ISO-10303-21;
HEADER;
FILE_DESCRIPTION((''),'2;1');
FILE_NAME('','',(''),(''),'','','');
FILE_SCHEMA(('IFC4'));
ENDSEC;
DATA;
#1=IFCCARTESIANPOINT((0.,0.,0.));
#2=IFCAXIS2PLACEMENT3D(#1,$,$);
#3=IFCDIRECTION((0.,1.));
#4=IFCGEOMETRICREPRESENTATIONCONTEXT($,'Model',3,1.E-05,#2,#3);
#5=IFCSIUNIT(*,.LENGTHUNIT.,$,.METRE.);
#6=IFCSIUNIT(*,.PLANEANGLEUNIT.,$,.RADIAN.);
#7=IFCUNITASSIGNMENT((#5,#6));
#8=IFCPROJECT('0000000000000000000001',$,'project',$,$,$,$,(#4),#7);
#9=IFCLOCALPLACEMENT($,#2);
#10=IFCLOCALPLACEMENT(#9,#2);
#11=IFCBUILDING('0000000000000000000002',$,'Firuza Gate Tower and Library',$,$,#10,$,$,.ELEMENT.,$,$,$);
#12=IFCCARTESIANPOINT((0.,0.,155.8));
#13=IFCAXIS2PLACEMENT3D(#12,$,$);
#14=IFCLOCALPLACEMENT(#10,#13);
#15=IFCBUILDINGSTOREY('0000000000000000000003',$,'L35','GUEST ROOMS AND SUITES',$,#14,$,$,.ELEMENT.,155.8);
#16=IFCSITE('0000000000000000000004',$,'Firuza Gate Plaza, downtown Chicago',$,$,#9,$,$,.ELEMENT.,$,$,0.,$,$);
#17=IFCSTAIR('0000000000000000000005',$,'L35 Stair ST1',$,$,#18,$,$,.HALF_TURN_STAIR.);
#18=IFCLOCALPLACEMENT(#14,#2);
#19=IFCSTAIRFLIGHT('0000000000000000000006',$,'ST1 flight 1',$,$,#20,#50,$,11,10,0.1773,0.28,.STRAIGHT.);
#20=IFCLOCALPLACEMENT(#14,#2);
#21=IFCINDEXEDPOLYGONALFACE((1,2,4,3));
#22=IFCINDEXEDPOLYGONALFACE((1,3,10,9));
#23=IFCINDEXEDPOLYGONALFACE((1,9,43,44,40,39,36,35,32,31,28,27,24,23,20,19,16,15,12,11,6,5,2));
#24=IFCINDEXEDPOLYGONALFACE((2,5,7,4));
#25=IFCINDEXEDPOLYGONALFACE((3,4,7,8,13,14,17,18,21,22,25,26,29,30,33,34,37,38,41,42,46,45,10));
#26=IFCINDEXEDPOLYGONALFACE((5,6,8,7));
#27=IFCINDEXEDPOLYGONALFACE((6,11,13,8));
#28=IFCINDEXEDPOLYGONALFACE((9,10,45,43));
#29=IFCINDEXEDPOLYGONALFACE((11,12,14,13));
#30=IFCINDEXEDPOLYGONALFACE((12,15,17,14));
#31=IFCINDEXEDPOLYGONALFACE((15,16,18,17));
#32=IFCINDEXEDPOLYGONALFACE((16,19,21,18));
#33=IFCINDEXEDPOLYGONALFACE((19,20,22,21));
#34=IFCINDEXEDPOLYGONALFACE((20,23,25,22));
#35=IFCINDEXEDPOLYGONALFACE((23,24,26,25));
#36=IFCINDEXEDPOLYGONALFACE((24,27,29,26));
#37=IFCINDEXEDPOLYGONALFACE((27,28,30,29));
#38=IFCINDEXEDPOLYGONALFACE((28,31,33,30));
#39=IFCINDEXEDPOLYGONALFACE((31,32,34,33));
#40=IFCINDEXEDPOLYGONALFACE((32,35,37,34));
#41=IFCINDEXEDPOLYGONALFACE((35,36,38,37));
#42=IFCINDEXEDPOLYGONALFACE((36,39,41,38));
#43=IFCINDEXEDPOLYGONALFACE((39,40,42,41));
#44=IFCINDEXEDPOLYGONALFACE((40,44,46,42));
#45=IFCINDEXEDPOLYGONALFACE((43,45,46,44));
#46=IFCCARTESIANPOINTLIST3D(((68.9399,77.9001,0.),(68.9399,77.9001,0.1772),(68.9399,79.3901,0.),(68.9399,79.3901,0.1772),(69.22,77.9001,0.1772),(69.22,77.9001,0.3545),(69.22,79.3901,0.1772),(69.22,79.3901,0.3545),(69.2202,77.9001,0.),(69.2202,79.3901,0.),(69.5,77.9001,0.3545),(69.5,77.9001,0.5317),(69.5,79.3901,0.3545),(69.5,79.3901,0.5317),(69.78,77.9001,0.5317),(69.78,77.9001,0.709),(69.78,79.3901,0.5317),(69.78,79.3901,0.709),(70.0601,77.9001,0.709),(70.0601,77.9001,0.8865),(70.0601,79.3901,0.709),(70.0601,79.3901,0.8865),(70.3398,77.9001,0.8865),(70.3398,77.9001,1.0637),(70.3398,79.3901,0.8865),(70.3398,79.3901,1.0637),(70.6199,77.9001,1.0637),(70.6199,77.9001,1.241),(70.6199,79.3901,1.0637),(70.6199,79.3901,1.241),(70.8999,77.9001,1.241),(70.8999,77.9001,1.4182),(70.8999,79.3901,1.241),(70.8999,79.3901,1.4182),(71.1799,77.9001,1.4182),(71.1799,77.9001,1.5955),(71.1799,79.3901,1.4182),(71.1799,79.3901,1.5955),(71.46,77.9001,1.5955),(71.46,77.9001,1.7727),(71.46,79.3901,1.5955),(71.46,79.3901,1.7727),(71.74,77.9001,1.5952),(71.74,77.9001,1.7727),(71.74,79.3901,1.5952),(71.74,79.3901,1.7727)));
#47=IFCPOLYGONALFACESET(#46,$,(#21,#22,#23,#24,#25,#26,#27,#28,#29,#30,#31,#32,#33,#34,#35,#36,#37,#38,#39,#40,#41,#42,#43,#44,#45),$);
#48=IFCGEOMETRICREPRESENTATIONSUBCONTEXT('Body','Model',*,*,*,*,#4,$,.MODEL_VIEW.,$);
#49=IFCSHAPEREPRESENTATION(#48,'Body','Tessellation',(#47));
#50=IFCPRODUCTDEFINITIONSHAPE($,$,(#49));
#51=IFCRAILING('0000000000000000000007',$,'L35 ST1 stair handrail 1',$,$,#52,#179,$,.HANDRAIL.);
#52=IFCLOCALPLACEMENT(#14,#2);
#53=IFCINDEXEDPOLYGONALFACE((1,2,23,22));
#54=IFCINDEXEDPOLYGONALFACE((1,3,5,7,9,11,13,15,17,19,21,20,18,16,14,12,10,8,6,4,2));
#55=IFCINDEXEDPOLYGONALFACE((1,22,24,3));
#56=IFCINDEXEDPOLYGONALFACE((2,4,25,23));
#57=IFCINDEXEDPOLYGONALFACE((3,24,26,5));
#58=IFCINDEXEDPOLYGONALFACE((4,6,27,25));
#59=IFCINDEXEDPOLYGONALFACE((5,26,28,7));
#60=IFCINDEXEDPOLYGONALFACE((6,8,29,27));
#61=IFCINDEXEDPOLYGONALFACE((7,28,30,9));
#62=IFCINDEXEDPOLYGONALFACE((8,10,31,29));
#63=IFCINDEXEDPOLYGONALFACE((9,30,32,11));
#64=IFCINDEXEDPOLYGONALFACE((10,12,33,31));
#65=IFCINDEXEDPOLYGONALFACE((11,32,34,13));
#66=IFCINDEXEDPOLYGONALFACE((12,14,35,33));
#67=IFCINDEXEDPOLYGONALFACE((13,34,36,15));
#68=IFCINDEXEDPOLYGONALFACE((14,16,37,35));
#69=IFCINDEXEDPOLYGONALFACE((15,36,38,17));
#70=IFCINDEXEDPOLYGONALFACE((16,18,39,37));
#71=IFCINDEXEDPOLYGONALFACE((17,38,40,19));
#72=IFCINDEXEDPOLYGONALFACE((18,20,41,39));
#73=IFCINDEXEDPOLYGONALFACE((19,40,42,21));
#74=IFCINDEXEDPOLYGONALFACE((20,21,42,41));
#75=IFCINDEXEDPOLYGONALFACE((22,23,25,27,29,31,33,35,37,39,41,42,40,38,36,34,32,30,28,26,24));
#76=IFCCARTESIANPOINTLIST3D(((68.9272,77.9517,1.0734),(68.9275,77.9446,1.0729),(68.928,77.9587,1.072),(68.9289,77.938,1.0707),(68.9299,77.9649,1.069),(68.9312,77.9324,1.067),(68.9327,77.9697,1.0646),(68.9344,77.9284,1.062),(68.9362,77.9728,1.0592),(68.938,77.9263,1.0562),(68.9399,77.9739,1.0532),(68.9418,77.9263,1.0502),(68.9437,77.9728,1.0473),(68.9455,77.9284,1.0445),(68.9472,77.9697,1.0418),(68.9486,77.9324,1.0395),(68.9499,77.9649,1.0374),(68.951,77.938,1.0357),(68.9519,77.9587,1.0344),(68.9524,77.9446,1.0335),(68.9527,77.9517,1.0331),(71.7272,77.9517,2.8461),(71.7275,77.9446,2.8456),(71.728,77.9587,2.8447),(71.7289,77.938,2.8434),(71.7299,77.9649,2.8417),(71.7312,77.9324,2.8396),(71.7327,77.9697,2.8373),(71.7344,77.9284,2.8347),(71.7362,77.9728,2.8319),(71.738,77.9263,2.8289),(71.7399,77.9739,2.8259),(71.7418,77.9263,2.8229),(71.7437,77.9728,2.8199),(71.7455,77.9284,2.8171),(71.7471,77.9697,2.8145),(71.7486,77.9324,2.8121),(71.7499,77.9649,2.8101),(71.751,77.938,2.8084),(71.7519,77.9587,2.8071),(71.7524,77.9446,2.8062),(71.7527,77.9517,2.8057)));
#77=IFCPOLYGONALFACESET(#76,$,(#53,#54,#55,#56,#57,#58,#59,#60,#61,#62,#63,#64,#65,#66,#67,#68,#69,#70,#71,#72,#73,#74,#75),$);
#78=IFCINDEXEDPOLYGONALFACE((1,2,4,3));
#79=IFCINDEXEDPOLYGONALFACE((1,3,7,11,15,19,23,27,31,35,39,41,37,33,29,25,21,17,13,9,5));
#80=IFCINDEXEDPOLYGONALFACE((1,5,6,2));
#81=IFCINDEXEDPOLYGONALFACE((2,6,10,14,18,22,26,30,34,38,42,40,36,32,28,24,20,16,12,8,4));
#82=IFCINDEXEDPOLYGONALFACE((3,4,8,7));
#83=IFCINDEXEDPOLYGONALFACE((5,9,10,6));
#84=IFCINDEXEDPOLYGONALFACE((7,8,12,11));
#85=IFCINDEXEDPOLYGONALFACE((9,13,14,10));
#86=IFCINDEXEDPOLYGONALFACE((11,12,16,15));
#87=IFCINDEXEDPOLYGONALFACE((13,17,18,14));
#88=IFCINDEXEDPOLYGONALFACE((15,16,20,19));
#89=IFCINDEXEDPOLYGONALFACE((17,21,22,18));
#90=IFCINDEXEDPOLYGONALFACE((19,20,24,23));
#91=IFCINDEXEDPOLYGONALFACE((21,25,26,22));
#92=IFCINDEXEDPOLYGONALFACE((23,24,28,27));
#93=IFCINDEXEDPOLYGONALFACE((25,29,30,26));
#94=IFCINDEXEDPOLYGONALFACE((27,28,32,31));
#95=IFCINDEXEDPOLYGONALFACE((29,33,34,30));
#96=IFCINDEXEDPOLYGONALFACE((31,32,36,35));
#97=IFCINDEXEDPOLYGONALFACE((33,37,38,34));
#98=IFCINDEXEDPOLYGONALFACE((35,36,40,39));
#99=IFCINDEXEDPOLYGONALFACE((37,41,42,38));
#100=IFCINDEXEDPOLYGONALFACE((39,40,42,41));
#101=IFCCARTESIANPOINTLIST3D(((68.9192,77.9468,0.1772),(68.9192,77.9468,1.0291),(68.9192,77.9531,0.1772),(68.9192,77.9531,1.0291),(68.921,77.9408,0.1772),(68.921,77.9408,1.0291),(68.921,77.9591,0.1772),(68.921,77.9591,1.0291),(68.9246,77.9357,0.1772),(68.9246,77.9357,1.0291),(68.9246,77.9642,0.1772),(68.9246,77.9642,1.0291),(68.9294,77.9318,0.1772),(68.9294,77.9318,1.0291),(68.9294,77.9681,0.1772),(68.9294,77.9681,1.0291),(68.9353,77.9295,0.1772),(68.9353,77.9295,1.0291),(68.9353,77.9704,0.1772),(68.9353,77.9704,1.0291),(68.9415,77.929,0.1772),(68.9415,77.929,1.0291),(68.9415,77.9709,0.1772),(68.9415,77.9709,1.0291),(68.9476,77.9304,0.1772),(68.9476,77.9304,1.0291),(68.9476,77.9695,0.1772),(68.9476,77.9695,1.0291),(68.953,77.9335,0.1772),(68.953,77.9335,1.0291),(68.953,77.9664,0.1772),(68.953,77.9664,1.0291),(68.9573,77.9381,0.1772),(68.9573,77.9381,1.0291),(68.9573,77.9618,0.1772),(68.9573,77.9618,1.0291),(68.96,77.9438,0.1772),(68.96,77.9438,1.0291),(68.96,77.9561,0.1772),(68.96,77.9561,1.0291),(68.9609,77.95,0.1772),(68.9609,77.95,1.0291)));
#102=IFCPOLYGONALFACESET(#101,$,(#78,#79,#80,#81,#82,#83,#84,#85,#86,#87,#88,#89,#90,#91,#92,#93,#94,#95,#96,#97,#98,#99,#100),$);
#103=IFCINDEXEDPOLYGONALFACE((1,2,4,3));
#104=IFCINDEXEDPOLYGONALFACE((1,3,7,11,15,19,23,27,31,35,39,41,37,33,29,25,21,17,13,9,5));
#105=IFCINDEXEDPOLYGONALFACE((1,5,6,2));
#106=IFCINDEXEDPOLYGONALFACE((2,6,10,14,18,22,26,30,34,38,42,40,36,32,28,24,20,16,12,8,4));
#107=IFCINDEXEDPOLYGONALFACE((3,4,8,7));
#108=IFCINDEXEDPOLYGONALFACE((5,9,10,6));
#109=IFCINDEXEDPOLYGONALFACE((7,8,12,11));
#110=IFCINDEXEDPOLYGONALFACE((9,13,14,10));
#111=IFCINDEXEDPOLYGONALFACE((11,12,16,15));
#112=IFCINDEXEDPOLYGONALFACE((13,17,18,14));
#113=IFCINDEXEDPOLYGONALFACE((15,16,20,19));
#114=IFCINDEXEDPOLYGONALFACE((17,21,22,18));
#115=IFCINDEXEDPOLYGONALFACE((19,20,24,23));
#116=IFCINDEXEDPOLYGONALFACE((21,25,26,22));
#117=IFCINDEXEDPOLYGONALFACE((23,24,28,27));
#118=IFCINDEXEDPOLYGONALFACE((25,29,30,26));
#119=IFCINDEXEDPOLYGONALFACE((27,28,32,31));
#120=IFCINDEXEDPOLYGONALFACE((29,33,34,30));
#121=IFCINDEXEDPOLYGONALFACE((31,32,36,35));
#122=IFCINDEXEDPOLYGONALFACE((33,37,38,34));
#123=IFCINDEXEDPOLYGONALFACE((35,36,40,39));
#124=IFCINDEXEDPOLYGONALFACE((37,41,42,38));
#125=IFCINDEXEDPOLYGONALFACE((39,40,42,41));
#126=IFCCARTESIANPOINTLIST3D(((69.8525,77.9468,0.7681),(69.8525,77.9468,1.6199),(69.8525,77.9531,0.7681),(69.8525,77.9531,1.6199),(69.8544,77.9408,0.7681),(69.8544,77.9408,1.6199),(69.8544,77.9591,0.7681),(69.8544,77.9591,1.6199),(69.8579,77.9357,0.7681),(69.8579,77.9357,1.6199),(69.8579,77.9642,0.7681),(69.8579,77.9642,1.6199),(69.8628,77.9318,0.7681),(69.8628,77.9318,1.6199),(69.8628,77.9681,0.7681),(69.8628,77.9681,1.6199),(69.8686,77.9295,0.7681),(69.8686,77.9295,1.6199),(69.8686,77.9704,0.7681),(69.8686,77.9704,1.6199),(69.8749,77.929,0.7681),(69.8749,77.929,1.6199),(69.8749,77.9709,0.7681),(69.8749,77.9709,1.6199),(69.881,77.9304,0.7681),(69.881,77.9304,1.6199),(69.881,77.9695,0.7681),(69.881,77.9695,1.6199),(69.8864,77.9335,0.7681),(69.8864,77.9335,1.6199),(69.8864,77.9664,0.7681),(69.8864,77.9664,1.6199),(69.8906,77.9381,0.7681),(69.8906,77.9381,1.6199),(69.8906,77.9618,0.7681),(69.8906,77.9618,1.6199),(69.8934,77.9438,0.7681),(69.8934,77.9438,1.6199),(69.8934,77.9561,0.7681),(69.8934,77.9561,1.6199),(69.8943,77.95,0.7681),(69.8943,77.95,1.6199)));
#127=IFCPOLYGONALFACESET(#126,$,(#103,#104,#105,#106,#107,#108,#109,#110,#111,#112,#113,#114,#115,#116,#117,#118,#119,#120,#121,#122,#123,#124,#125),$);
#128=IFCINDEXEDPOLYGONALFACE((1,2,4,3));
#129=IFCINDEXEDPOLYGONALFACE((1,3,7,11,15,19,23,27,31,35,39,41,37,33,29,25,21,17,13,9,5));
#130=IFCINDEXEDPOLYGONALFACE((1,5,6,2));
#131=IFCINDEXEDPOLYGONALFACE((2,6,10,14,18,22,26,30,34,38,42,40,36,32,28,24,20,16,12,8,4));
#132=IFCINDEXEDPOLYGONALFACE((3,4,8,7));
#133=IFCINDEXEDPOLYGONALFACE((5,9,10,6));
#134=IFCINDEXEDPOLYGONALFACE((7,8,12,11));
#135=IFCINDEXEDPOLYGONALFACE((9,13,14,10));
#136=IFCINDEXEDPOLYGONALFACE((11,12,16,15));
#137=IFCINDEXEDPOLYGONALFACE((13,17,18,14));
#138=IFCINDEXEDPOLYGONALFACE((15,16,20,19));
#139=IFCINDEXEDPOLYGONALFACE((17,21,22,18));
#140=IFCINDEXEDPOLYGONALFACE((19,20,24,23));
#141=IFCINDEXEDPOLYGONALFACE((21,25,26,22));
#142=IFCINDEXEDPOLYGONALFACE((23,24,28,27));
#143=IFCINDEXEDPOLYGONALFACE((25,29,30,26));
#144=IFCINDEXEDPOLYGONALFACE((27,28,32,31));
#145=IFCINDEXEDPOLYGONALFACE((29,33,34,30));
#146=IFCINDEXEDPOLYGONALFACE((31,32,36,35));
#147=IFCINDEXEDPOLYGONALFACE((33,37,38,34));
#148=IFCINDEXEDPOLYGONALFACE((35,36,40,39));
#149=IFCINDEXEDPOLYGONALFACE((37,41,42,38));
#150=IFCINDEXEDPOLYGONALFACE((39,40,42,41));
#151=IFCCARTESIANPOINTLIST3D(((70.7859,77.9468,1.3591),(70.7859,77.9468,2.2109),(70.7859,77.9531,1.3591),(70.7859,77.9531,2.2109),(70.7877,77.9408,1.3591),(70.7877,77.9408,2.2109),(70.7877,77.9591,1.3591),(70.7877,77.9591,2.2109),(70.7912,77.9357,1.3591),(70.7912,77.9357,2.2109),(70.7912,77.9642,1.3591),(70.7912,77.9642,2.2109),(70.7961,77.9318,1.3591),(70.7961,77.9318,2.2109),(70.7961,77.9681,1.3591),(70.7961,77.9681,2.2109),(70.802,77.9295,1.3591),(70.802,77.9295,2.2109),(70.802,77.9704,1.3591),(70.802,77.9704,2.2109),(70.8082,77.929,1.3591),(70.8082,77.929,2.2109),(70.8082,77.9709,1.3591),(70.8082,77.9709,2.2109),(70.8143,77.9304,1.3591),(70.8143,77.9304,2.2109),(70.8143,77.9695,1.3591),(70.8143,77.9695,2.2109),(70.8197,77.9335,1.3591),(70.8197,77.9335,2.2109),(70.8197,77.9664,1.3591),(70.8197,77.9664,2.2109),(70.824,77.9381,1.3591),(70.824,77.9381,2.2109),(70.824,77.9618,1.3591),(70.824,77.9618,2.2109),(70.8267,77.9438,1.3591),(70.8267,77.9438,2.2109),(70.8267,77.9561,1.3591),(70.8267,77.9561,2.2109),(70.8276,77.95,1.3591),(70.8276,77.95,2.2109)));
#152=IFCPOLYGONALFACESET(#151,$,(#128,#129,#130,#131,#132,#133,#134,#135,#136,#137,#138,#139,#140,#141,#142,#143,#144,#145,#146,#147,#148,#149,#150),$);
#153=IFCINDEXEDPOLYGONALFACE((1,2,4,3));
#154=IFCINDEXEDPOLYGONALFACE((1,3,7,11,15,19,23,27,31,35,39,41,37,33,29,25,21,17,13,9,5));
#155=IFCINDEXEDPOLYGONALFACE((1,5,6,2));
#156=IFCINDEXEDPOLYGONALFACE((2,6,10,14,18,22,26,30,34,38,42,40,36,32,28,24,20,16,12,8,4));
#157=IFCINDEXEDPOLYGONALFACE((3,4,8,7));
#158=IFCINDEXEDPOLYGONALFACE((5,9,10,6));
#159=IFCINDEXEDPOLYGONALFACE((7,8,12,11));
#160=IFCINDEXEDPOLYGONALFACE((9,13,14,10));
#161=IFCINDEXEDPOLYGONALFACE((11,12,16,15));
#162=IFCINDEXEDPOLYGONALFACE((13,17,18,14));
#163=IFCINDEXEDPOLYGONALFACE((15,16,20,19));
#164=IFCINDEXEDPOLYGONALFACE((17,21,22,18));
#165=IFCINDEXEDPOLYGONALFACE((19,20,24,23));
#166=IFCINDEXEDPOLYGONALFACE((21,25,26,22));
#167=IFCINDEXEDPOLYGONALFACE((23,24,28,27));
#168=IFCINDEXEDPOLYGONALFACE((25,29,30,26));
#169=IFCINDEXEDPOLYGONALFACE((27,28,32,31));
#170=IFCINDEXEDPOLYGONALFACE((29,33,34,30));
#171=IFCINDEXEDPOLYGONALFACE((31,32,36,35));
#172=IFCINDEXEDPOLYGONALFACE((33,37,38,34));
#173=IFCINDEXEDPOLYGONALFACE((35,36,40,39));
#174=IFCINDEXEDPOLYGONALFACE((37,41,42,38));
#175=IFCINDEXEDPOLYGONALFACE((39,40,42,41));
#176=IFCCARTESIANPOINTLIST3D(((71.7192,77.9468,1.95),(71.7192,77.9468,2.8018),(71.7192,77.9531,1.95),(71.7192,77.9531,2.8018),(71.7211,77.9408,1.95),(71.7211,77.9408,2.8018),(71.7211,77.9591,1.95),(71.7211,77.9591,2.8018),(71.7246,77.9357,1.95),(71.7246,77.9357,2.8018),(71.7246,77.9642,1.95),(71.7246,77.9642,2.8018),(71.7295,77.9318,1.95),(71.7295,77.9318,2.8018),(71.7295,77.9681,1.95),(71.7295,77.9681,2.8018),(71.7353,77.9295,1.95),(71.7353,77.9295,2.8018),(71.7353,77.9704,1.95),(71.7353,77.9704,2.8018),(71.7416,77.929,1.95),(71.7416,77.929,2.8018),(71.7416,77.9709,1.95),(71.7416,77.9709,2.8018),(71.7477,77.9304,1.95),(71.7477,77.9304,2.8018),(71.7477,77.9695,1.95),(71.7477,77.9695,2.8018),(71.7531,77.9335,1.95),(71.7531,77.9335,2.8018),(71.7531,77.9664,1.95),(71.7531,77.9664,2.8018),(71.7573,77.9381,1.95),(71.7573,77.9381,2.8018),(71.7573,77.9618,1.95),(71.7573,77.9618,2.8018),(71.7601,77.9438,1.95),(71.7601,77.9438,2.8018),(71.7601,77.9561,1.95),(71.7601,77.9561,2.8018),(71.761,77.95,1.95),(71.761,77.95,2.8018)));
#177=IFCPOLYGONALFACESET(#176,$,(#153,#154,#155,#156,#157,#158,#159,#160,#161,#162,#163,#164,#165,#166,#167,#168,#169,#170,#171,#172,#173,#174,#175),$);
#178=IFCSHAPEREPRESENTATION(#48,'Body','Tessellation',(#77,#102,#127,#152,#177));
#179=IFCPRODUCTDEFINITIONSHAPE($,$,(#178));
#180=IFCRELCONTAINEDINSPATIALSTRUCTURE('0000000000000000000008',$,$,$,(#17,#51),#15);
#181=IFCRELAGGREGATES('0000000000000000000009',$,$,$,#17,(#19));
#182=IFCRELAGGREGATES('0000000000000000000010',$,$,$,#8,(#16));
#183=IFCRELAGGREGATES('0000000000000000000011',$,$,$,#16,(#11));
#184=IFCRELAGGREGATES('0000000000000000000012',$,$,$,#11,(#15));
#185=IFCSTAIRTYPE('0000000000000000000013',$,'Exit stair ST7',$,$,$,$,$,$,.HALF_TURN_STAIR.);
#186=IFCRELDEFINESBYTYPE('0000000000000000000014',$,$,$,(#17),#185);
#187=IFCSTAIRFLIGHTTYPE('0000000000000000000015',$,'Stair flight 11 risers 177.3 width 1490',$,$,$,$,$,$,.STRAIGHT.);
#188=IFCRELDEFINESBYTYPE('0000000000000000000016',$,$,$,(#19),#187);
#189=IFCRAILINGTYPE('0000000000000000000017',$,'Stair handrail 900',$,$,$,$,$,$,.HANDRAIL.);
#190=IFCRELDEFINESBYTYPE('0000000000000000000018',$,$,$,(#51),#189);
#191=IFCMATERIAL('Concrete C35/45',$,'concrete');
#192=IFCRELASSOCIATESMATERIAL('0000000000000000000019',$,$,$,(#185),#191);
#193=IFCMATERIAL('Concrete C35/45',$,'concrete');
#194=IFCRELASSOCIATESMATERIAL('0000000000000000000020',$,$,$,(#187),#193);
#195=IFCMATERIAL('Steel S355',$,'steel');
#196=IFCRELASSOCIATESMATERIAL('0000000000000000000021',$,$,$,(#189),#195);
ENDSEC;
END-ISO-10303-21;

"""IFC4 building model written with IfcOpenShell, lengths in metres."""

from ifc_helpers import new_model, si_unit, direction, frame, origin, origin_2d, place, context, subcontext, project, spatial, polyline, circle, outline, extrude, material, type_object, element, aggregate, save


model = new_model("IFC4")

# Units and contexts
model_context = context("Model", 3, precision=1e-05, world=origin(), true_north=direction((0.0, 1.0)))
body_context = subcontext(model_context, "Body", "Model", "MODEL_VIEW")
ifc_project = project(units=[si_unit("LENGTHUNIT", "METRE"), si_unit("PLANEANGLEUNIT", "RADIAN")], contexts=[model_context])

# Site, building, storey
site_placement = place(None, origin())
site = spatial("IfcSite", under=ifc_project, at=site_placement, Name="Firuza Gate Plaza, downtown Chicago", CompositionType="ELEMENT", RefElevation=0.0)
building_placement = place(site_placement, origin())
building = spatial("IfcBuilding", under=site, at=building_placement, Name="Firuza Gate Tower and Library", CompositionType="ELEMENT")
storey_placement = place(building_placement, frame((0.0, 0.0, 155.8)))
storey = spatial("IfcBuildingStorey", under=building, at=storey_placement, Name="L35", Description="GUEST ROOMS AND SUITES", CompositionType="ELEMENT", Elevation=155.8)

# Stair, stair flight
ifc_material_1 = material(Name="Concrete C35/45", Category="concrete")
stair_type = type_object("IfcStairType", Name="Exit stair ST7", PredefinedType="HALF_TURN_STAIR", material=ifc_material_1)
stair_placement = place(storey_placement, origin())
stair = element("IfcStair", 1, at=stair_placement, inside=storey, type_object=stair_type, Name="L35 Stair ST1", PredefinedType="HALF_TURN_STAIR")
ifc_material_2 = material(Name="Concrete C35/45", Category="concrete")
stair_flight_type = type_object("IfcStairFlightType", Name="Stair flight 11 risers 177.3 width 1490", PredefinedType="STRAIGHT", material=ifc_material_2)
stair_flight_placement = place(storey_placement, frame((68.9399, 78.645, 0.0), z_axis=(0.0, 0.0, 1.0), x_axis=(1.0, 0.0, 0.0)))
stair_flight = element("IfcStairFlight", 2, at=stair_flight_placement, type_object=stair_flight_type, Name="ST1 flight 1", NumberOfRisers=11, NumberOfTreads=10, PredefinedType="STRAIGHT", RiserHeight=0.1773, TreadLength=0.28, context=body_context, shape_type="SweptSolid", body=[
    extrude(outline(polyline([(0.0, 0.0), (0.0, 0.1772), (0.28, 0.1772), (0.28, 0.3545), (0.5601, 0.3545), (0.5601, 0.5317), (0.8401, 0.5317), (0.8401, 0.709), (1.1201, 0.709), (1.1201, 0.8865), (1.3999, 0.8865), (1.3999, 1.0637), (1.6799, 1.0637), (1.6799, 1.241), (1.96, 1.241), (1.96, 1.4182), (2.24, 1.4182), (2.24, 1.5955), (2.52, 1.5955), (2.52, 1.7727), (2.8, 1.7727), (2.8, 1.95), (2.8, 1.5952), (0.2803, 0.0), (0.0, 0.0)])), frame((0.0, 0.7451, 0.0), z_axis=(0.0, -1.0, 0.0), x_axis=(1.0, 0.0, 0.0)), (0.0, 0.0, 1.0), 1.49),
])
aggregate(stair, [stair_flight])

# Railing
ifc_material_3 = material(Name="Steel S355", Category="steel")
railing_type_1 = type_object("IfcRailingType", Name="Stair handrail 900", PredefinedType="HANDRAIL", material=ifc_material_3)
railing_1_placement = place(storey_placement, frame((68.9399, 77.95, 0.1772)))
element("IfcRailing", 3, at=railing_1_placement, inside=storey, type_object=railing_type_1, Name="L35 ST1 stair handrail 1", PredefinedType="HANDRAIL", context=body_context, shape_type="SweptSolid", body=[
    extrude(circle(Radius=0.0239, at=origin_2d()), frame((0.0, 0.0, 0.876), z_axis=(0.844909, 0.0, 0.53491), x_axis=(0.0, 1.0, 0.0)), (0.0, 0.0, 1.0), 3.314),
    extrude(circle(Radius=0.021, at=origin_2d()), origin(), (0.0, 0.0, 1.0), 0.8518),
    extrude(circle(Radius=0.021, at=origin_2d()), frame((0.9333, 0.0, 0.5908)), (0.0, 0.0, 1.0), 0.8518),
    extrude(circle(Radius=0.021, at=origin_2d()), frame((1.8667, 0.0, 1.1819)), (0.0, 0.0, 1.0), 0.8518),
    extrude(circle(Radius=0.021, at=origin_2d()), frame((2.8, 0.0, 1.7727)), (0.0, 0.0, 1.0), 0.8518),
])

save(model, "model.ifc")
